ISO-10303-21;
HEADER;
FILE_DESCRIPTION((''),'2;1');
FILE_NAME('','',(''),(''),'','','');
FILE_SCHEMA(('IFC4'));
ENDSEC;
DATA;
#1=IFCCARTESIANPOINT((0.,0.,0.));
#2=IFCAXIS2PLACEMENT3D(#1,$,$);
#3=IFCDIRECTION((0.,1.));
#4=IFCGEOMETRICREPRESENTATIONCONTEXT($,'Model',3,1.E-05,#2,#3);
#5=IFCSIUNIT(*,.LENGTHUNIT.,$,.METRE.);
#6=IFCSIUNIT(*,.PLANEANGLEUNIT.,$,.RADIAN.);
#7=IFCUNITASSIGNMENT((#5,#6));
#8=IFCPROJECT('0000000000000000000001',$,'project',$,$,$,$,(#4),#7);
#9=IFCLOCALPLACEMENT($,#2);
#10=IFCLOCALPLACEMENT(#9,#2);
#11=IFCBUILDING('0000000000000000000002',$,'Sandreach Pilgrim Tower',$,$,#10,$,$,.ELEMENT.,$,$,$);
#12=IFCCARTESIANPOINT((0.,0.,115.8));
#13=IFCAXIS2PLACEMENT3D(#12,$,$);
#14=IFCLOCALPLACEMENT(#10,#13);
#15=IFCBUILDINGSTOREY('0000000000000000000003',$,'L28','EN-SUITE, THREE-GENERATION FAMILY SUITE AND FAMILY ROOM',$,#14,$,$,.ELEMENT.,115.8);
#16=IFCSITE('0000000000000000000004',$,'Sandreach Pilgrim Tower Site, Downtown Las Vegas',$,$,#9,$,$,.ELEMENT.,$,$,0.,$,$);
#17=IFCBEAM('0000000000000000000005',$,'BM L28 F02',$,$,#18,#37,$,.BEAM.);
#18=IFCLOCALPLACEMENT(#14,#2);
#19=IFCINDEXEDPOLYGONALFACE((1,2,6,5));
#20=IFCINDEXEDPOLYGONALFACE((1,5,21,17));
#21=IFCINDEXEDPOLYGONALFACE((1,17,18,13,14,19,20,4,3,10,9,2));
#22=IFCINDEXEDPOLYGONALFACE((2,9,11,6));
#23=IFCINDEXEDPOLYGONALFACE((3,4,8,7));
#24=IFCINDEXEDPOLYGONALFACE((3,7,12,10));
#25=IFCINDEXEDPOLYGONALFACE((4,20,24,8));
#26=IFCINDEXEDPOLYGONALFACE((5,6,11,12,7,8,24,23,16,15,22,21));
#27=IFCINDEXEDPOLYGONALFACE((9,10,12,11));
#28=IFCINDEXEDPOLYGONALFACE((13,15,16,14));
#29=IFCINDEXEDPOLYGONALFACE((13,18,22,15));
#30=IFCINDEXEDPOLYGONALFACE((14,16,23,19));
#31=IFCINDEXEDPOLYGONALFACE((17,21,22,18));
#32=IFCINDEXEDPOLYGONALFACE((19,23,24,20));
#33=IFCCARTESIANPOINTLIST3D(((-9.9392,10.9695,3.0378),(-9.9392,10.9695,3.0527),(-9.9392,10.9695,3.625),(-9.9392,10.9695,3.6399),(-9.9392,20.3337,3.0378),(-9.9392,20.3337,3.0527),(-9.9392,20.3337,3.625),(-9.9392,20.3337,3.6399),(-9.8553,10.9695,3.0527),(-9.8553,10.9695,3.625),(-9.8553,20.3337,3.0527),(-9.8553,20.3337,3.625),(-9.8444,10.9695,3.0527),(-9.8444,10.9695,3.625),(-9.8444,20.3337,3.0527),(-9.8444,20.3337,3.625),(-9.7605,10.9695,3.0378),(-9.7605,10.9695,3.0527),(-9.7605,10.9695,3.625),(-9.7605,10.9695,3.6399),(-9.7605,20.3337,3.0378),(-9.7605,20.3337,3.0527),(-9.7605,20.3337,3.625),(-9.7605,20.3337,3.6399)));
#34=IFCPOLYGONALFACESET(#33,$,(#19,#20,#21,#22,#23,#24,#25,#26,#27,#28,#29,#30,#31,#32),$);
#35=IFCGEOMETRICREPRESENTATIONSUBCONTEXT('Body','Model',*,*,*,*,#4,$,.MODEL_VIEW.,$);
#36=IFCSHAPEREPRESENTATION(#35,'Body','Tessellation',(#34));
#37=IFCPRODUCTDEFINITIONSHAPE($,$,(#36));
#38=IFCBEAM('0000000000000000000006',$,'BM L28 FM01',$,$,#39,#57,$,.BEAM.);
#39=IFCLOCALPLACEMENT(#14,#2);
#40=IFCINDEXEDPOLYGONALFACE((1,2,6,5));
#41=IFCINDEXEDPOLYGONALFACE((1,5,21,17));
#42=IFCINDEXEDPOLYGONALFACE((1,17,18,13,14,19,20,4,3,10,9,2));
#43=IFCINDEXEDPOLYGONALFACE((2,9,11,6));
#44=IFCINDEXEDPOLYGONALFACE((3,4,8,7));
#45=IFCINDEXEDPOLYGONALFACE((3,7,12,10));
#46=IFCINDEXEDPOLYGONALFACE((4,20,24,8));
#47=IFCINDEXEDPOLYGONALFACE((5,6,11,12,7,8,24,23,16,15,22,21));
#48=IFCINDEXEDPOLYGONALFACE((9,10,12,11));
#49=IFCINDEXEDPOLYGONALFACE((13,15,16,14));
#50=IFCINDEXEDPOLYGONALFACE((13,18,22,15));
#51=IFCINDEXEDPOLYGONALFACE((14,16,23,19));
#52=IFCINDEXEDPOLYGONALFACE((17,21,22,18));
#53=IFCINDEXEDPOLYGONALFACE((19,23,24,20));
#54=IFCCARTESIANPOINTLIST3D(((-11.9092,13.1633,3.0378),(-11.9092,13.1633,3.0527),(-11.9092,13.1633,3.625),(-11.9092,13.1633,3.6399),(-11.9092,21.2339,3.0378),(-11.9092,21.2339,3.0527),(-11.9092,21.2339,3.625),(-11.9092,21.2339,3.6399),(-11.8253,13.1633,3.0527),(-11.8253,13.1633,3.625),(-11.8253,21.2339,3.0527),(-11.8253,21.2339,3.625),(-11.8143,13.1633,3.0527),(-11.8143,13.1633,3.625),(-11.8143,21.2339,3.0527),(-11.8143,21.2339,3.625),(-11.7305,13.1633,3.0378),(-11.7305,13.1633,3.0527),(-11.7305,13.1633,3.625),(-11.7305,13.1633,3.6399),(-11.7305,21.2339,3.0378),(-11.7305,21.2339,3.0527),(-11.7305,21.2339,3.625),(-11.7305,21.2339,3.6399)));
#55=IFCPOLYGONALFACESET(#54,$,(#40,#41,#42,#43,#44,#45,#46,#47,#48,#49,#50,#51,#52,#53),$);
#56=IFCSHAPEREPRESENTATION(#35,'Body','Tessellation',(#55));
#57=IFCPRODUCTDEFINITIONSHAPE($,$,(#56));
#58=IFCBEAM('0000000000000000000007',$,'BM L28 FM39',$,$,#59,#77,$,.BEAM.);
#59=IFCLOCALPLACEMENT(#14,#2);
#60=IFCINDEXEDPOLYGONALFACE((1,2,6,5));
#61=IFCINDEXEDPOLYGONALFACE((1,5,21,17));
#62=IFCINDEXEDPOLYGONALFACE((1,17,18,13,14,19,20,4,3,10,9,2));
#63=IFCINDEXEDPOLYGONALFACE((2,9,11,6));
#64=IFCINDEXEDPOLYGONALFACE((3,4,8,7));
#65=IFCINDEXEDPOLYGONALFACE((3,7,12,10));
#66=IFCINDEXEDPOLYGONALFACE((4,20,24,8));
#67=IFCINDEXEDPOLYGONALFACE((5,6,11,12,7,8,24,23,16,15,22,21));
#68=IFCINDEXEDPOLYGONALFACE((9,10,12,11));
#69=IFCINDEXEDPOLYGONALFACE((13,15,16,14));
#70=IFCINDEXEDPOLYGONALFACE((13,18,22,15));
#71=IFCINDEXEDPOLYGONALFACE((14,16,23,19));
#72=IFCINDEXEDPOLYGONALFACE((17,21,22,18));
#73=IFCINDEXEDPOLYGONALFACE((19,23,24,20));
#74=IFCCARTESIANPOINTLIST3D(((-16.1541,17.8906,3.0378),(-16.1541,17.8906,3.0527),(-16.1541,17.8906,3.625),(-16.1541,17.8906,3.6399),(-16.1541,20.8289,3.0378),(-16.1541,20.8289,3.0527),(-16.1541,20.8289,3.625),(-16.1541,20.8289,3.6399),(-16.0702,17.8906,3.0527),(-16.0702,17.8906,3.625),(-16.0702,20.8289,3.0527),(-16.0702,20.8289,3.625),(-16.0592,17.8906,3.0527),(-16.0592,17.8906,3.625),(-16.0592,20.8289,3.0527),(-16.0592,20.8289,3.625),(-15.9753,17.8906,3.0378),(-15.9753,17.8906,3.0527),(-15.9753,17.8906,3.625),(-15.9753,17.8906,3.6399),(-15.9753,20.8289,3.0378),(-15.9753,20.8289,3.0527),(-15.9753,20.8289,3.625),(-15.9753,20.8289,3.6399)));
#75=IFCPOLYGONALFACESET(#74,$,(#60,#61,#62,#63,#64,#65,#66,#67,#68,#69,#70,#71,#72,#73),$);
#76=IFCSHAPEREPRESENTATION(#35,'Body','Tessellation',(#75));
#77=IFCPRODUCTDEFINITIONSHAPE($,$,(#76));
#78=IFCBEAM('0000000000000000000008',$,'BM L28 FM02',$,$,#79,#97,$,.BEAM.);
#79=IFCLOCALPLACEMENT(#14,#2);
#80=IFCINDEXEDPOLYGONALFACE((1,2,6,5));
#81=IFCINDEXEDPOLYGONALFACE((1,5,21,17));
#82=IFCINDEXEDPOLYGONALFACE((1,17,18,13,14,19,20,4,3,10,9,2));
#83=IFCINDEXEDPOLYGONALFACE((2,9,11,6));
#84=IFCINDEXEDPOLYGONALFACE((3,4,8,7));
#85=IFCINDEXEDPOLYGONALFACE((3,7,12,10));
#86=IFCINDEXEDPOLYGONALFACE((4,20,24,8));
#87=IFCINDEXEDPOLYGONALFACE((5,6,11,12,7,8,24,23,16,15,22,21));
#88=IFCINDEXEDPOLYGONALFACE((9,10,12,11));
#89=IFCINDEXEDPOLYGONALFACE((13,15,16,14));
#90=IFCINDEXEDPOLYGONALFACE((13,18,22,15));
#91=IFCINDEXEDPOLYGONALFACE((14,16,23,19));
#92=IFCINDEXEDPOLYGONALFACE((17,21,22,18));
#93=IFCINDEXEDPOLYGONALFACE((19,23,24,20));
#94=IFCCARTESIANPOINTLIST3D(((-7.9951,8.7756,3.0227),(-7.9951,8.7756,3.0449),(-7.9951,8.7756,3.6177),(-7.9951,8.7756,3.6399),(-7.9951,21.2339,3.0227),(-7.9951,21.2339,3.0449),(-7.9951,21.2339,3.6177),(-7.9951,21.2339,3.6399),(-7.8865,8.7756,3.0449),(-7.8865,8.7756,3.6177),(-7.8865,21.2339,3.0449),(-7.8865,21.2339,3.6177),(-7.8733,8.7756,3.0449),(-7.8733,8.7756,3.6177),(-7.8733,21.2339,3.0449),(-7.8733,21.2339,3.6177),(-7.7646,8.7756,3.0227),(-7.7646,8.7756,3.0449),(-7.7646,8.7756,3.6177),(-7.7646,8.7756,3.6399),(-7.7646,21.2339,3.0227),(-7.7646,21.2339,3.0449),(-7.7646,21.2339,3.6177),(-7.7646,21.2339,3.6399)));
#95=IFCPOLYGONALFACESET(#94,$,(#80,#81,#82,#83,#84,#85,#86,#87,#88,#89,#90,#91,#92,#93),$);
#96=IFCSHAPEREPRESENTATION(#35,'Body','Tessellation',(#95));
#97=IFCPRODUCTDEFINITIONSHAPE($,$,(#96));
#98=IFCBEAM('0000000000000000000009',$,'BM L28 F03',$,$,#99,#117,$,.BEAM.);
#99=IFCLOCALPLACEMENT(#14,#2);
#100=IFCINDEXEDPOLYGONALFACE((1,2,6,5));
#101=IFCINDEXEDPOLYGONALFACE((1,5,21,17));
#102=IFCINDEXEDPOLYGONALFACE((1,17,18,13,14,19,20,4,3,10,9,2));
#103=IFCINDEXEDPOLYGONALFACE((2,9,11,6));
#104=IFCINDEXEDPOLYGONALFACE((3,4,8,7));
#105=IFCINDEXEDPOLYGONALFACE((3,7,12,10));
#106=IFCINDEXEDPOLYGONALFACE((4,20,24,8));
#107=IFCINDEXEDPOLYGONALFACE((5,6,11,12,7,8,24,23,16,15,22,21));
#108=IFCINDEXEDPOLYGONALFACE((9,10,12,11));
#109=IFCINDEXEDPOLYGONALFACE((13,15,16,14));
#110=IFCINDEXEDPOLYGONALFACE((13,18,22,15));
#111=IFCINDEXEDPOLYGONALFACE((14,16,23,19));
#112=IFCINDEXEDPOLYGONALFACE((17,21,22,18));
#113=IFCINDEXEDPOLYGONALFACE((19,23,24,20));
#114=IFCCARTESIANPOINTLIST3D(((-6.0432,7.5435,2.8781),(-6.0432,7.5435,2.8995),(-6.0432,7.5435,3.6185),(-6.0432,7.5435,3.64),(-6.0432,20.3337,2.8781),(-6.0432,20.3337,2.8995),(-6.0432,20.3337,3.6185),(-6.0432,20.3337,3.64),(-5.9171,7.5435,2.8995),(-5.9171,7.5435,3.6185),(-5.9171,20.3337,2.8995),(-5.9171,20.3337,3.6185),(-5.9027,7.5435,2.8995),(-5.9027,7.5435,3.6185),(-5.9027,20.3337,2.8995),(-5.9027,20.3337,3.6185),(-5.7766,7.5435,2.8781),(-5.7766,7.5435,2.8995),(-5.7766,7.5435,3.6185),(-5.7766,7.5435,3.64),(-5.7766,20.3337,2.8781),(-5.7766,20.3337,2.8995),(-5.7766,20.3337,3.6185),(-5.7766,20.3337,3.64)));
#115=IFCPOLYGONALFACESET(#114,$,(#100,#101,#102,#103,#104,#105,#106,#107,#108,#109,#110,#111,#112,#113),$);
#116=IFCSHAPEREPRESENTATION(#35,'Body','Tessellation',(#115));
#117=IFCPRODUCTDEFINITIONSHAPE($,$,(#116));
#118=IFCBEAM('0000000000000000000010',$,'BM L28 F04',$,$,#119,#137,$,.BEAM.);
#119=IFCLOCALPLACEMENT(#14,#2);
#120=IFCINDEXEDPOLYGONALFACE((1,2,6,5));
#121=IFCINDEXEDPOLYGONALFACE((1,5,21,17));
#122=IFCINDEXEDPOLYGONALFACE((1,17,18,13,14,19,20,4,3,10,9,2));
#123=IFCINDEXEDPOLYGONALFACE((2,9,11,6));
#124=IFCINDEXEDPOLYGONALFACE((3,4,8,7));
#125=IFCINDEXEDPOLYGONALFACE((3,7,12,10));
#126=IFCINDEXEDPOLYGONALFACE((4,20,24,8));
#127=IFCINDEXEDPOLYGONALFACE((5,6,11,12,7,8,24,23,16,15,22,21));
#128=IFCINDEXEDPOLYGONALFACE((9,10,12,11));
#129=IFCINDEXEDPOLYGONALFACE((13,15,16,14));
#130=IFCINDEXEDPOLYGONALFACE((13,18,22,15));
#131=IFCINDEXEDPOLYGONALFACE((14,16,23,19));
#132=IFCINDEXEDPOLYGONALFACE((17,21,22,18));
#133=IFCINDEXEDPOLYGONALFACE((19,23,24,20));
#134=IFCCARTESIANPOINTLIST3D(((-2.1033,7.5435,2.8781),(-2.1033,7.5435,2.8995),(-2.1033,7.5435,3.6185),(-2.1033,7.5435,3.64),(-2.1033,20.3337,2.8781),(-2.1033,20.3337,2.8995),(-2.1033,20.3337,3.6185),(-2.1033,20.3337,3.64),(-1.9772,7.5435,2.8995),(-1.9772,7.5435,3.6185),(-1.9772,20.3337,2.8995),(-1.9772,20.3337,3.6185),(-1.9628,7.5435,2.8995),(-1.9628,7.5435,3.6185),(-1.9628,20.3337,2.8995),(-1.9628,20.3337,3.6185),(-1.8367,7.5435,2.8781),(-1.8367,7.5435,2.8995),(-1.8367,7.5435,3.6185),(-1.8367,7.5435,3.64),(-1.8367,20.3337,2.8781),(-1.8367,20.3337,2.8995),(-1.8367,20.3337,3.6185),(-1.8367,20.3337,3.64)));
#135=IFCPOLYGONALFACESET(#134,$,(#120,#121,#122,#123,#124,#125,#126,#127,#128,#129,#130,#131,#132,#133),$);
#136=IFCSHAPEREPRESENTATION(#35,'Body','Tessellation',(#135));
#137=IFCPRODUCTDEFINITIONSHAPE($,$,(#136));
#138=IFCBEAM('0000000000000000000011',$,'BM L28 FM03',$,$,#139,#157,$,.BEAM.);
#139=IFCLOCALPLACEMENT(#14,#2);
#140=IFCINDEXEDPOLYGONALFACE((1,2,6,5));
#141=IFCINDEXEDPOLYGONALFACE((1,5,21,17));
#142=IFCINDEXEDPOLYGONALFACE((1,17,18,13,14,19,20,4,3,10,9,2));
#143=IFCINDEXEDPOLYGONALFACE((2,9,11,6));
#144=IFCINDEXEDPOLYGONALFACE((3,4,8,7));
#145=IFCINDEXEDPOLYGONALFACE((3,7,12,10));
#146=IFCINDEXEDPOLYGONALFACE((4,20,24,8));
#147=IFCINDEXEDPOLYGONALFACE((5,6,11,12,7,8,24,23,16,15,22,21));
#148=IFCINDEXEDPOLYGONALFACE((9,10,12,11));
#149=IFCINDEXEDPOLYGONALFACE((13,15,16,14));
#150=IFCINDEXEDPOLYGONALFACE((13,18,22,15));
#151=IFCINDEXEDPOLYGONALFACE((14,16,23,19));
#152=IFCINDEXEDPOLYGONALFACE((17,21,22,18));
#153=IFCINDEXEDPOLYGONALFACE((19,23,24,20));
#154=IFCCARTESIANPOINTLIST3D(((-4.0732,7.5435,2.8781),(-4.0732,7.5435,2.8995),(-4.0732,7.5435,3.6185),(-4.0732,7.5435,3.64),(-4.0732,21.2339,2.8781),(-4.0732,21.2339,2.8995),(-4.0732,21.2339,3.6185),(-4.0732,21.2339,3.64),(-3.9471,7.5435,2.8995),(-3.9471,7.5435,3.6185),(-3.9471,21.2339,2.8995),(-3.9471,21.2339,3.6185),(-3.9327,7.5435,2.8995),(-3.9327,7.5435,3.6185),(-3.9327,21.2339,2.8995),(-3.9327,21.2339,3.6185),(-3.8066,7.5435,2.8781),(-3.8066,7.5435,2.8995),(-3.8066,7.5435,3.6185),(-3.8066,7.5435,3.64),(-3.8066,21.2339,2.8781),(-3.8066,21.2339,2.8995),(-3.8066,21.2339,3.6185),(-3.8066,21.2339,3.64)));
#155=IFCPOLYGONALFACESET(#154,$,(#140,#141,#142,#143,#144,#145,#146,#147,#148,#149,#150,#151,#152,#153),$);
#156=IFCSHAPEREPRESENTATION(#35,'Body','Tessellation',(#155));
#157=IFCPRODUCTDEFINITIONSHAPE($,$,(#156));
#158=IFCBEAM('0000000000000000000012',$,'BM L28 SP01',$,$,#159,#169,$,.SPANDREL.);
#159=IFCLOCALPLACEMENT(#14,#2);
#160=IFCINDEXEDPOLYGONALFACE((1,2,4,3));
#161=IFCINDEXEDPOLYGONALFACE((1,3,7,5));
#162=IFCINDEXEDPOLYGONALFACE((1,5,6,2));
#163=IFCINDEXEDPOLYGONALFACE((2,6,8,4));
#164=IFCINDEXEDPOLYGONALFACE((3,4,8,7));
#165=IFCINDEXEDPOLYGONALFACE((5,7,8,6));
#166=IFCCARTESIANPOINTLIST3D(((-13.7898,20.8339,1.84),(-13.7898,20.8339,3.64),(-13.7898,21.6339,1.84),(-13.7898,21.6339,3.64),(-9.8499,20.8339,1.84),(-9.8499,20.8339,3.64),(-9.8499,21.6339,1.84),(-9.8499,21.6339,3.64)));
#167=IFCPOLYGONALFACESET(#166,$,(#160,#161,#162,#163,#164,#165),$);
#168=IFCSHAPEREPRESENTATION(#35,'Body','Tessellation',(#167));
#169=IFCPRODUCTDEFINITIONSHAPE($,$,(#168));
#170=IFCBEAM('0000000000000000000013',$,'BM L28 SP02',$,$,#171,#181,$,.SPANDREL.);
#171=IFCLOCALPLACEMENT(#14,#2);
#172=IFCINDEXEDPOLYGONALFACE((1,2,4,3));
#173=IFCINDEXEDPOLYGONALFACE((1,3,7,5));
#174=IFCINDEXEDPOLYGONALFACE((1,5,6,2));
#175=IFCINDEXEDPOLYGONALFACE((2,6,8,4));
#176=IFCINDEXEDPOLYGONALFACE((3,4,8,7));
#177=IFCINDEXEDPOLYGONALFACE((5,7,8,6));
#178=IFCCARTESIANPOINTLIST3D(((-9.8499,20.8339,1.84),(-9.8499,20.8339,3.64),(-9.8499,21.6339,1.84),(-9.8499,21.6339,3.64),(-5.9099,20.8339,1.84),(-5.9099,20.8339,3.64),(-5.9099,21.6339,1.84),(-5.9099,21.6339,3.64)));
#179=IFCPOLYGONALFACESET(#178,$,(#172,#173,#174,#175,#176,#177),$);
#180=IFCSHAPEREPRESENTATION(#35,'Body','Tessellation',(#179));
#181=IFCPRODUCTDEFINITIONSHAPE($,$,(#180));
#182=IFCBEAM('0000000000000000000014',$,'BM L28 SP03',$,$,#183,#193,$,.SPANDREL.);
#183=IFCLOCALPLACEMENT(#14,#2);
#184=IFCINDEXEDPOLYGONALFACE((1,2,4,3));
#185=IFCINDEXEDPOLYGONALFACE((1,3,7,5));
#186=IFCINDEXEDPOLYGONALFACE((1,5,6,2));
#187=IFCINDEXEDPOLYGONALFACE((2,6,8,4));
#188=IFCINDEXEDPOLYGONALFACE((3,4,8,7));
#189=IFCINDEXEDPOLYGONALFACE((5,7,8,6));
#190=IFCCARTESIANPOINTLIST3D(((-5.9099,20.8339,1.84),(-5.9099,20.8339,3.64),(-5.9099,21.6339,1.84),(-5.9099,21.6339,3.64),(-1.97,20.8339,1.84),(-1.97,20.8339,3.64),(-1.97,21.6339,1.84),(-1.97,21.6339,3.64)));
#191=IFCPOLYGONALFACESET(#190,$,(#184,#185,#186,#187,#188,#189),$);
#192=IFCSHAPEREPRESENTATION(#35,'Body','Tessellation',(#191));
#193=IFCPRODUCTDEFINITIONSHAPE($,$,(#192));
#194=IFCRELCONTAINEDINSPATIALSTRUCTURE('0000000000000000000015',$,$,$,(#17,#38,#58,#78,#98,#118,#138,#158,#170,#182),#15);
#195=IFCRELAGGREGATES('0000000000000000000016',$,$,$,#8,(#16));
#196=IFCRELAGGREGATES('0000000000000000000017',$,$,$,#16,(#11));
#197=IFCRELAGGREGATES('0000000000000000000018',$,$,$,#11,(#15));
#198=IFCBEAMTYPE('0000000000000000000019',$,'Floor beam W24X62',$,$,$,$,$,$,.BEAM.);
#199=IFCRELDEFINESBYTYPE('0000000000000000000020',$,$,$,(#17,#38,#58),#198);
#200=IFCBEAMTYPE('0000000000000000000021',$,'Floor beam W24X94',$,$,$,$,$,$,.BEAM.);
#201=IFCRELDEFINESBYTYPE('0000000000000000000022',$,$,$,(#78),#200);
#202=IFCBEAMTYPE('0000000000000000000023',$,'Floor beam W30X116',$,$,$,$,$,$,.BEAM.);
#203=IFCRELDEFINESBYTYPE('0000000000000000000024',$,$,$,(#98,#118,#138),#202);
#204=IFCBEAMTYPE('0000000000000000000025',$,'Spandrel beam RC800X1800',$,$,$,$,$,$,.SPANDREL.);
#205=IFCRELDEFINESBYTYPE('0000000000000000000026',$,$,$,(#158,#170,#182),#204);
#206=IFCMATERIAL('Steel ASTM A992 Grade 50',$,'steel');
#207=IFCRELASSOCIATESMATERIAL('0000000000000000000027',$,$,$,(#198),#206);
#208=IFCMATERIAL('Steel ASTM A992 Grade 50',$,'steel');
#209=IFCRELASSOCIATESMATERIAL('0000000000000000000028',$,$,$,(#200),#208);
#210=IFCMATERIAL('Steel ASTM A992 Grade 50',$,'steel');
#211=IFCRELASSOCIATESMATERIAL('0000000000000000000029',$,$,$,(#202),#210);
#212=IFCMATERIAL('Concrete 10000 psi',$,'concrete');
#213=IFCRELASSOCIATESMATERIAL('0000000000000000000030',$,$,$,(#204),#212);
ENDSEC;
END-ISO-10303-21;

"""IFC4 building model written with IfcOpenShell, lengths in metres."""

from ifc_helpers import new_model, si_unit, direction, frame, origin, origin_2d, place, context, subcontext, project, spatial, rectangle, i_section, extrude, material, material_profile, profile_set, type_object, element, save


model = new_model("IFC4")

# Units and contexts
model_context = context("Model", 3, precision=1e-05, world=origin(), true_north=direction((0.0, 1.0)))
body_context = subcontext(model_context, "Body", "Model", "MODEL_VIEW")
ifc_project = project(units=[si_unit("LENGTHUNIT", "METRE"), si_unit("PLANEANGLEUNIT", "RADIAN")], contexts=[model_context])

# Site, building, storey
site_placement = place(None, origin())
site = spatial("IfcSite", under=ifc_project, at=site_placement, Name="Sandreach Pilgrim Tower Site, Downtown Las Vegas", CompositionType="ELEMENT", RefElevation=0.0)
building_placement = place(site_placement, origin())
building = spatial("IfcBuilding", under=site, at=building_placement, Name="Sandreach Pilgrim Tower", CompositionType="ELEMENT")
storey_placement = place(building_placement, frame((0.0, 0.0, 115.8)))
storey = spatial("IfcBuildingStorey", under=building, at=storey_placement, Name="L28", Description="EN-SUITE, THREE-GENERATION FAMILY SUITE AND FAMILY ROOM", CompositionType="ELEMENT", Elevation=115.8)

# Beams
ifc_material_1 = material(Name="Steel ASTM A992 Grade 50", Category="steel")
ifc_material_profile_1 = material_profile(ifc_material_1, i_section(OverallWidth=0.1787, OverallDepth=0.6021, WebThickness=0.011, FlangeThickness=0.0149, at=origin_2d()), Name="W24X62")
ifc_profile_set_1 = profile_set([ifc_material_profile_1], Name="Steel ASTM A992 Grade 50")
beam_type_1 = type_object("IfcBeamType", Name="Floor beam W24X62", PredefinedType="BEAM", material=ifc_profile_set_1)
beam_1_placement = place(storey_placement, frame((-9.8499, 20.3337, 3.3389), z_axis=(0.0, -1.0, 0.0), x_axis=(1.0, 0.0, 0.0)))
element("IfcBeam", 1, at=beam_1_placement, inside=storey, type_object=beam_type_1, Name="BM L28 F02", PredefinedType="BEAM", context=body_context, shape_type="SweptSolid", body=[
    extrude(i_section(OverallWidth=0.1787, OverallDepth=0.6021, WebThickness=0.011, FlangeThickness=0.0149, at=origin_2d()), origin(), (0.0, 0.0, 1.0), 9.3643),
])
beam_2_placement = place(storey_placement, frame((-11.8198, 21.2339, 3.3389), z_axis=(0.0, -1.0, 0.0), x_axis=(1.0, 0.0, 0.0)))
element("IfcBeam", 2, at=beam_2_placement, inside=storey, type_object=beam_type_1, Name="BM L28 FM01", PredefinedType="BEAM", context=body_context, shape_type="SweptSolid", body=[
    extrude(i_section(OverallWidth=0.1787, OverallDepth=0.6021, WebThickness=0.011, FlangeThickness=0.0149, at=origin_2d()), origin(), (0.0, 0.0, 1.0), 8.0706),
])
beam_3_placement = place(storey_placement, frame((-16.0647, 20.8289, 3.3389), z_axis=(0.0, -1.0, 0.0), x_axis=(1.0, 0.0, 0.0)))
element("IfcBeam", 3, at=beam_3_placement, inside=storey, type_object=beam_type_1, Name="BM L28 FM39", PredefinedType="BEAM", context=body_context, shape_type="SweptSolid", body=[
    extrude(i_section(OverallWidth=0.1787, OverallDepth=0.6021, WebThickness=0.011, FlangeThickness=0.0149, at=origin_2d()), origin(), (0.0, 0.0, 1.0), 2.9382),
])
ifc_material_2 = material(Name="Steel ASTM A992 Grade 50", Category="steel")
ifc_material_profile_2 = material_profile(ifc_material_2, i_section(OverallWidth=0.2305, OverallDepth=0.6172, WebThickness=0.0132, FlangeThickness=0.0222, at=origin_2d()), Name="W24X94")
ifc_profile_set_2 = profile_set([ifc_material_profile_2], Name="Steel ASTM A992 Grade 50")
beam_type_2 = type_object("IfcBeamType", Name="Floor beam W24X94", PredefinedType="BEAM", material=ifc_profile_set_2)
beam_4_placement = place(storey_placement, frame((-7.8799, 21.2339, 3.3313), z_axis=(0.0, -1.0, 0.0), x_axis=(1.0, 0.0, 0.0)))
element("IfcBeam", 4, at=beam_4_placement, inside=storey, type_object=beam_type_2, Name="BM L28 FM02", PredefinedType="BEAM", context=body_context, shape_type="SweptSolid", body=[
    extrude(i_section(OverallWidth=0.2305, OverallDepth=0.6172, WebThickness=0.0132, FlangeThickness=0.0222, at=origin_2d()), origin(), (0.0, 0.0, 1.0), 12.4583),
])
ifc_material_3 = material(Name="Steel ASTM A992 Grade 50", Category="steel")
ifc_material_profile_3 = material_profile(ifc_material_3, i_section(OverallWidth=0.2666, OverallDepth=0.762, WebThickness=0.0144, FlangeThickness=0.0215, at=origin_2d()), Name="W30X116")
ifc_profile_set_3 = profile_set([ifc_material_profile_3], Name="Steel ASTM A992 Grade 50")
beam_type_3 = type_object("IfcBeamType", Name="Floor beam W30X116", PredefinedType="BEAM", material=ifc_profile_set_3)
for number, where, z_axis, x_axis, name in (
    (5, (-5.9099, 20.3337, 3.259), (0.0, -1.0, 0.0), (1.0, 0.0, 0.0), "BM L28 F03"),
    (6, (-1.97, 20.3337, 3.259), (0.0, -1.0, 0.0), (1.0, 0.0, 0.0), "BM L28 F04"),
):
    element("IfcBeam", number, at=place(storey_placement, frame(where, z_axis=z_axis, x_axis=x_axis)), inside=storey, type_object=beam_type_3, Name=name, PredefinedType="BEAM", context=body_context, shape_type="SweptSolid", body=[
        extrude(i_section(OverallWidth=0.2666, OverallDepth=0.762, WebThickness=0.0144, FlangeThickness=0.0215, at=origin_2d()), origin(), (0.0, 0.0, 1.0), 12.7903),
    ])
beam_5_placement = place(storey_placement, frame((-3.9399, 21.2339, 3.259), z_axis=(0.0, -1.0, 0.0), x_axis=(1.0, 0.0, 0.0)))
element("IfcBeam", 7, at=beam_5_placement, inside=storey, type_object=beam_type_3, Name="BM L28 FM03", PredefinedType="BEAM", context=body_context, shape_type="SweptSolid", body=[
    extrude(i_section(OverallWidth=0.2666, OverallDepth=0.762, WebThickness=0.0144, FlangeThickness=0.0215, at=origin_2d()), origin(), (0.0, 0.0, 1.0), 13.6904),
])
ifc_material_4 = material(Name="Concrete 10000 psi", Category="concrete")
ifc_material_profile_4 = material_profile(ifc_material_4, rectangle(XDim=0.8, YDim=1.8, at=origin_2d()), Name="RC800X1800")
ifc_profile_set_4 = profile_set([ifc_material_profile_4], Name="Concrete 10000 psi")
beam_type_4 = type_object("IfcBeamType", Name="Spandrel beam RC800X1800", PredefinedType="SPANDREL", material=ifc_profile_set_4)
for number, where, z_axis, x_axis, name in (
    (8, (-13.7898, 21.2339, 2.74), (1.0, 0.0, 0.0), (0.0, 1.0, 0.0), "BM L28 SP01"),
    (9, (-9.8499, 21.2339, 2.74), (1.0, 0.0, 0.0), (0.0, 1.0, 0.0), "BM L28 SP02"),
    (10, (-5.9099, 21.2339, 2.74), (1.0, 0.0, 0.0), (0.0, 1.0, 0.0), "BM L28 SP03"),
):
    element("IfcBeam", number, at=place(storey_placement, frame(where, z_axis=z_axis, x_axis=x_axis)), inside=storey, type_object=beam_type_4, Name=name, PredefinedType="SPANDREL", context=body_context, shape_type="SweptSolid", body=[
        extrude(rectangle(XDim=0.8, YDim=1.8, at=origin_2d()), origin(), (0.0, 0.0, 1.0), 3.9399),
    ])

save(model, "model.ifc")
